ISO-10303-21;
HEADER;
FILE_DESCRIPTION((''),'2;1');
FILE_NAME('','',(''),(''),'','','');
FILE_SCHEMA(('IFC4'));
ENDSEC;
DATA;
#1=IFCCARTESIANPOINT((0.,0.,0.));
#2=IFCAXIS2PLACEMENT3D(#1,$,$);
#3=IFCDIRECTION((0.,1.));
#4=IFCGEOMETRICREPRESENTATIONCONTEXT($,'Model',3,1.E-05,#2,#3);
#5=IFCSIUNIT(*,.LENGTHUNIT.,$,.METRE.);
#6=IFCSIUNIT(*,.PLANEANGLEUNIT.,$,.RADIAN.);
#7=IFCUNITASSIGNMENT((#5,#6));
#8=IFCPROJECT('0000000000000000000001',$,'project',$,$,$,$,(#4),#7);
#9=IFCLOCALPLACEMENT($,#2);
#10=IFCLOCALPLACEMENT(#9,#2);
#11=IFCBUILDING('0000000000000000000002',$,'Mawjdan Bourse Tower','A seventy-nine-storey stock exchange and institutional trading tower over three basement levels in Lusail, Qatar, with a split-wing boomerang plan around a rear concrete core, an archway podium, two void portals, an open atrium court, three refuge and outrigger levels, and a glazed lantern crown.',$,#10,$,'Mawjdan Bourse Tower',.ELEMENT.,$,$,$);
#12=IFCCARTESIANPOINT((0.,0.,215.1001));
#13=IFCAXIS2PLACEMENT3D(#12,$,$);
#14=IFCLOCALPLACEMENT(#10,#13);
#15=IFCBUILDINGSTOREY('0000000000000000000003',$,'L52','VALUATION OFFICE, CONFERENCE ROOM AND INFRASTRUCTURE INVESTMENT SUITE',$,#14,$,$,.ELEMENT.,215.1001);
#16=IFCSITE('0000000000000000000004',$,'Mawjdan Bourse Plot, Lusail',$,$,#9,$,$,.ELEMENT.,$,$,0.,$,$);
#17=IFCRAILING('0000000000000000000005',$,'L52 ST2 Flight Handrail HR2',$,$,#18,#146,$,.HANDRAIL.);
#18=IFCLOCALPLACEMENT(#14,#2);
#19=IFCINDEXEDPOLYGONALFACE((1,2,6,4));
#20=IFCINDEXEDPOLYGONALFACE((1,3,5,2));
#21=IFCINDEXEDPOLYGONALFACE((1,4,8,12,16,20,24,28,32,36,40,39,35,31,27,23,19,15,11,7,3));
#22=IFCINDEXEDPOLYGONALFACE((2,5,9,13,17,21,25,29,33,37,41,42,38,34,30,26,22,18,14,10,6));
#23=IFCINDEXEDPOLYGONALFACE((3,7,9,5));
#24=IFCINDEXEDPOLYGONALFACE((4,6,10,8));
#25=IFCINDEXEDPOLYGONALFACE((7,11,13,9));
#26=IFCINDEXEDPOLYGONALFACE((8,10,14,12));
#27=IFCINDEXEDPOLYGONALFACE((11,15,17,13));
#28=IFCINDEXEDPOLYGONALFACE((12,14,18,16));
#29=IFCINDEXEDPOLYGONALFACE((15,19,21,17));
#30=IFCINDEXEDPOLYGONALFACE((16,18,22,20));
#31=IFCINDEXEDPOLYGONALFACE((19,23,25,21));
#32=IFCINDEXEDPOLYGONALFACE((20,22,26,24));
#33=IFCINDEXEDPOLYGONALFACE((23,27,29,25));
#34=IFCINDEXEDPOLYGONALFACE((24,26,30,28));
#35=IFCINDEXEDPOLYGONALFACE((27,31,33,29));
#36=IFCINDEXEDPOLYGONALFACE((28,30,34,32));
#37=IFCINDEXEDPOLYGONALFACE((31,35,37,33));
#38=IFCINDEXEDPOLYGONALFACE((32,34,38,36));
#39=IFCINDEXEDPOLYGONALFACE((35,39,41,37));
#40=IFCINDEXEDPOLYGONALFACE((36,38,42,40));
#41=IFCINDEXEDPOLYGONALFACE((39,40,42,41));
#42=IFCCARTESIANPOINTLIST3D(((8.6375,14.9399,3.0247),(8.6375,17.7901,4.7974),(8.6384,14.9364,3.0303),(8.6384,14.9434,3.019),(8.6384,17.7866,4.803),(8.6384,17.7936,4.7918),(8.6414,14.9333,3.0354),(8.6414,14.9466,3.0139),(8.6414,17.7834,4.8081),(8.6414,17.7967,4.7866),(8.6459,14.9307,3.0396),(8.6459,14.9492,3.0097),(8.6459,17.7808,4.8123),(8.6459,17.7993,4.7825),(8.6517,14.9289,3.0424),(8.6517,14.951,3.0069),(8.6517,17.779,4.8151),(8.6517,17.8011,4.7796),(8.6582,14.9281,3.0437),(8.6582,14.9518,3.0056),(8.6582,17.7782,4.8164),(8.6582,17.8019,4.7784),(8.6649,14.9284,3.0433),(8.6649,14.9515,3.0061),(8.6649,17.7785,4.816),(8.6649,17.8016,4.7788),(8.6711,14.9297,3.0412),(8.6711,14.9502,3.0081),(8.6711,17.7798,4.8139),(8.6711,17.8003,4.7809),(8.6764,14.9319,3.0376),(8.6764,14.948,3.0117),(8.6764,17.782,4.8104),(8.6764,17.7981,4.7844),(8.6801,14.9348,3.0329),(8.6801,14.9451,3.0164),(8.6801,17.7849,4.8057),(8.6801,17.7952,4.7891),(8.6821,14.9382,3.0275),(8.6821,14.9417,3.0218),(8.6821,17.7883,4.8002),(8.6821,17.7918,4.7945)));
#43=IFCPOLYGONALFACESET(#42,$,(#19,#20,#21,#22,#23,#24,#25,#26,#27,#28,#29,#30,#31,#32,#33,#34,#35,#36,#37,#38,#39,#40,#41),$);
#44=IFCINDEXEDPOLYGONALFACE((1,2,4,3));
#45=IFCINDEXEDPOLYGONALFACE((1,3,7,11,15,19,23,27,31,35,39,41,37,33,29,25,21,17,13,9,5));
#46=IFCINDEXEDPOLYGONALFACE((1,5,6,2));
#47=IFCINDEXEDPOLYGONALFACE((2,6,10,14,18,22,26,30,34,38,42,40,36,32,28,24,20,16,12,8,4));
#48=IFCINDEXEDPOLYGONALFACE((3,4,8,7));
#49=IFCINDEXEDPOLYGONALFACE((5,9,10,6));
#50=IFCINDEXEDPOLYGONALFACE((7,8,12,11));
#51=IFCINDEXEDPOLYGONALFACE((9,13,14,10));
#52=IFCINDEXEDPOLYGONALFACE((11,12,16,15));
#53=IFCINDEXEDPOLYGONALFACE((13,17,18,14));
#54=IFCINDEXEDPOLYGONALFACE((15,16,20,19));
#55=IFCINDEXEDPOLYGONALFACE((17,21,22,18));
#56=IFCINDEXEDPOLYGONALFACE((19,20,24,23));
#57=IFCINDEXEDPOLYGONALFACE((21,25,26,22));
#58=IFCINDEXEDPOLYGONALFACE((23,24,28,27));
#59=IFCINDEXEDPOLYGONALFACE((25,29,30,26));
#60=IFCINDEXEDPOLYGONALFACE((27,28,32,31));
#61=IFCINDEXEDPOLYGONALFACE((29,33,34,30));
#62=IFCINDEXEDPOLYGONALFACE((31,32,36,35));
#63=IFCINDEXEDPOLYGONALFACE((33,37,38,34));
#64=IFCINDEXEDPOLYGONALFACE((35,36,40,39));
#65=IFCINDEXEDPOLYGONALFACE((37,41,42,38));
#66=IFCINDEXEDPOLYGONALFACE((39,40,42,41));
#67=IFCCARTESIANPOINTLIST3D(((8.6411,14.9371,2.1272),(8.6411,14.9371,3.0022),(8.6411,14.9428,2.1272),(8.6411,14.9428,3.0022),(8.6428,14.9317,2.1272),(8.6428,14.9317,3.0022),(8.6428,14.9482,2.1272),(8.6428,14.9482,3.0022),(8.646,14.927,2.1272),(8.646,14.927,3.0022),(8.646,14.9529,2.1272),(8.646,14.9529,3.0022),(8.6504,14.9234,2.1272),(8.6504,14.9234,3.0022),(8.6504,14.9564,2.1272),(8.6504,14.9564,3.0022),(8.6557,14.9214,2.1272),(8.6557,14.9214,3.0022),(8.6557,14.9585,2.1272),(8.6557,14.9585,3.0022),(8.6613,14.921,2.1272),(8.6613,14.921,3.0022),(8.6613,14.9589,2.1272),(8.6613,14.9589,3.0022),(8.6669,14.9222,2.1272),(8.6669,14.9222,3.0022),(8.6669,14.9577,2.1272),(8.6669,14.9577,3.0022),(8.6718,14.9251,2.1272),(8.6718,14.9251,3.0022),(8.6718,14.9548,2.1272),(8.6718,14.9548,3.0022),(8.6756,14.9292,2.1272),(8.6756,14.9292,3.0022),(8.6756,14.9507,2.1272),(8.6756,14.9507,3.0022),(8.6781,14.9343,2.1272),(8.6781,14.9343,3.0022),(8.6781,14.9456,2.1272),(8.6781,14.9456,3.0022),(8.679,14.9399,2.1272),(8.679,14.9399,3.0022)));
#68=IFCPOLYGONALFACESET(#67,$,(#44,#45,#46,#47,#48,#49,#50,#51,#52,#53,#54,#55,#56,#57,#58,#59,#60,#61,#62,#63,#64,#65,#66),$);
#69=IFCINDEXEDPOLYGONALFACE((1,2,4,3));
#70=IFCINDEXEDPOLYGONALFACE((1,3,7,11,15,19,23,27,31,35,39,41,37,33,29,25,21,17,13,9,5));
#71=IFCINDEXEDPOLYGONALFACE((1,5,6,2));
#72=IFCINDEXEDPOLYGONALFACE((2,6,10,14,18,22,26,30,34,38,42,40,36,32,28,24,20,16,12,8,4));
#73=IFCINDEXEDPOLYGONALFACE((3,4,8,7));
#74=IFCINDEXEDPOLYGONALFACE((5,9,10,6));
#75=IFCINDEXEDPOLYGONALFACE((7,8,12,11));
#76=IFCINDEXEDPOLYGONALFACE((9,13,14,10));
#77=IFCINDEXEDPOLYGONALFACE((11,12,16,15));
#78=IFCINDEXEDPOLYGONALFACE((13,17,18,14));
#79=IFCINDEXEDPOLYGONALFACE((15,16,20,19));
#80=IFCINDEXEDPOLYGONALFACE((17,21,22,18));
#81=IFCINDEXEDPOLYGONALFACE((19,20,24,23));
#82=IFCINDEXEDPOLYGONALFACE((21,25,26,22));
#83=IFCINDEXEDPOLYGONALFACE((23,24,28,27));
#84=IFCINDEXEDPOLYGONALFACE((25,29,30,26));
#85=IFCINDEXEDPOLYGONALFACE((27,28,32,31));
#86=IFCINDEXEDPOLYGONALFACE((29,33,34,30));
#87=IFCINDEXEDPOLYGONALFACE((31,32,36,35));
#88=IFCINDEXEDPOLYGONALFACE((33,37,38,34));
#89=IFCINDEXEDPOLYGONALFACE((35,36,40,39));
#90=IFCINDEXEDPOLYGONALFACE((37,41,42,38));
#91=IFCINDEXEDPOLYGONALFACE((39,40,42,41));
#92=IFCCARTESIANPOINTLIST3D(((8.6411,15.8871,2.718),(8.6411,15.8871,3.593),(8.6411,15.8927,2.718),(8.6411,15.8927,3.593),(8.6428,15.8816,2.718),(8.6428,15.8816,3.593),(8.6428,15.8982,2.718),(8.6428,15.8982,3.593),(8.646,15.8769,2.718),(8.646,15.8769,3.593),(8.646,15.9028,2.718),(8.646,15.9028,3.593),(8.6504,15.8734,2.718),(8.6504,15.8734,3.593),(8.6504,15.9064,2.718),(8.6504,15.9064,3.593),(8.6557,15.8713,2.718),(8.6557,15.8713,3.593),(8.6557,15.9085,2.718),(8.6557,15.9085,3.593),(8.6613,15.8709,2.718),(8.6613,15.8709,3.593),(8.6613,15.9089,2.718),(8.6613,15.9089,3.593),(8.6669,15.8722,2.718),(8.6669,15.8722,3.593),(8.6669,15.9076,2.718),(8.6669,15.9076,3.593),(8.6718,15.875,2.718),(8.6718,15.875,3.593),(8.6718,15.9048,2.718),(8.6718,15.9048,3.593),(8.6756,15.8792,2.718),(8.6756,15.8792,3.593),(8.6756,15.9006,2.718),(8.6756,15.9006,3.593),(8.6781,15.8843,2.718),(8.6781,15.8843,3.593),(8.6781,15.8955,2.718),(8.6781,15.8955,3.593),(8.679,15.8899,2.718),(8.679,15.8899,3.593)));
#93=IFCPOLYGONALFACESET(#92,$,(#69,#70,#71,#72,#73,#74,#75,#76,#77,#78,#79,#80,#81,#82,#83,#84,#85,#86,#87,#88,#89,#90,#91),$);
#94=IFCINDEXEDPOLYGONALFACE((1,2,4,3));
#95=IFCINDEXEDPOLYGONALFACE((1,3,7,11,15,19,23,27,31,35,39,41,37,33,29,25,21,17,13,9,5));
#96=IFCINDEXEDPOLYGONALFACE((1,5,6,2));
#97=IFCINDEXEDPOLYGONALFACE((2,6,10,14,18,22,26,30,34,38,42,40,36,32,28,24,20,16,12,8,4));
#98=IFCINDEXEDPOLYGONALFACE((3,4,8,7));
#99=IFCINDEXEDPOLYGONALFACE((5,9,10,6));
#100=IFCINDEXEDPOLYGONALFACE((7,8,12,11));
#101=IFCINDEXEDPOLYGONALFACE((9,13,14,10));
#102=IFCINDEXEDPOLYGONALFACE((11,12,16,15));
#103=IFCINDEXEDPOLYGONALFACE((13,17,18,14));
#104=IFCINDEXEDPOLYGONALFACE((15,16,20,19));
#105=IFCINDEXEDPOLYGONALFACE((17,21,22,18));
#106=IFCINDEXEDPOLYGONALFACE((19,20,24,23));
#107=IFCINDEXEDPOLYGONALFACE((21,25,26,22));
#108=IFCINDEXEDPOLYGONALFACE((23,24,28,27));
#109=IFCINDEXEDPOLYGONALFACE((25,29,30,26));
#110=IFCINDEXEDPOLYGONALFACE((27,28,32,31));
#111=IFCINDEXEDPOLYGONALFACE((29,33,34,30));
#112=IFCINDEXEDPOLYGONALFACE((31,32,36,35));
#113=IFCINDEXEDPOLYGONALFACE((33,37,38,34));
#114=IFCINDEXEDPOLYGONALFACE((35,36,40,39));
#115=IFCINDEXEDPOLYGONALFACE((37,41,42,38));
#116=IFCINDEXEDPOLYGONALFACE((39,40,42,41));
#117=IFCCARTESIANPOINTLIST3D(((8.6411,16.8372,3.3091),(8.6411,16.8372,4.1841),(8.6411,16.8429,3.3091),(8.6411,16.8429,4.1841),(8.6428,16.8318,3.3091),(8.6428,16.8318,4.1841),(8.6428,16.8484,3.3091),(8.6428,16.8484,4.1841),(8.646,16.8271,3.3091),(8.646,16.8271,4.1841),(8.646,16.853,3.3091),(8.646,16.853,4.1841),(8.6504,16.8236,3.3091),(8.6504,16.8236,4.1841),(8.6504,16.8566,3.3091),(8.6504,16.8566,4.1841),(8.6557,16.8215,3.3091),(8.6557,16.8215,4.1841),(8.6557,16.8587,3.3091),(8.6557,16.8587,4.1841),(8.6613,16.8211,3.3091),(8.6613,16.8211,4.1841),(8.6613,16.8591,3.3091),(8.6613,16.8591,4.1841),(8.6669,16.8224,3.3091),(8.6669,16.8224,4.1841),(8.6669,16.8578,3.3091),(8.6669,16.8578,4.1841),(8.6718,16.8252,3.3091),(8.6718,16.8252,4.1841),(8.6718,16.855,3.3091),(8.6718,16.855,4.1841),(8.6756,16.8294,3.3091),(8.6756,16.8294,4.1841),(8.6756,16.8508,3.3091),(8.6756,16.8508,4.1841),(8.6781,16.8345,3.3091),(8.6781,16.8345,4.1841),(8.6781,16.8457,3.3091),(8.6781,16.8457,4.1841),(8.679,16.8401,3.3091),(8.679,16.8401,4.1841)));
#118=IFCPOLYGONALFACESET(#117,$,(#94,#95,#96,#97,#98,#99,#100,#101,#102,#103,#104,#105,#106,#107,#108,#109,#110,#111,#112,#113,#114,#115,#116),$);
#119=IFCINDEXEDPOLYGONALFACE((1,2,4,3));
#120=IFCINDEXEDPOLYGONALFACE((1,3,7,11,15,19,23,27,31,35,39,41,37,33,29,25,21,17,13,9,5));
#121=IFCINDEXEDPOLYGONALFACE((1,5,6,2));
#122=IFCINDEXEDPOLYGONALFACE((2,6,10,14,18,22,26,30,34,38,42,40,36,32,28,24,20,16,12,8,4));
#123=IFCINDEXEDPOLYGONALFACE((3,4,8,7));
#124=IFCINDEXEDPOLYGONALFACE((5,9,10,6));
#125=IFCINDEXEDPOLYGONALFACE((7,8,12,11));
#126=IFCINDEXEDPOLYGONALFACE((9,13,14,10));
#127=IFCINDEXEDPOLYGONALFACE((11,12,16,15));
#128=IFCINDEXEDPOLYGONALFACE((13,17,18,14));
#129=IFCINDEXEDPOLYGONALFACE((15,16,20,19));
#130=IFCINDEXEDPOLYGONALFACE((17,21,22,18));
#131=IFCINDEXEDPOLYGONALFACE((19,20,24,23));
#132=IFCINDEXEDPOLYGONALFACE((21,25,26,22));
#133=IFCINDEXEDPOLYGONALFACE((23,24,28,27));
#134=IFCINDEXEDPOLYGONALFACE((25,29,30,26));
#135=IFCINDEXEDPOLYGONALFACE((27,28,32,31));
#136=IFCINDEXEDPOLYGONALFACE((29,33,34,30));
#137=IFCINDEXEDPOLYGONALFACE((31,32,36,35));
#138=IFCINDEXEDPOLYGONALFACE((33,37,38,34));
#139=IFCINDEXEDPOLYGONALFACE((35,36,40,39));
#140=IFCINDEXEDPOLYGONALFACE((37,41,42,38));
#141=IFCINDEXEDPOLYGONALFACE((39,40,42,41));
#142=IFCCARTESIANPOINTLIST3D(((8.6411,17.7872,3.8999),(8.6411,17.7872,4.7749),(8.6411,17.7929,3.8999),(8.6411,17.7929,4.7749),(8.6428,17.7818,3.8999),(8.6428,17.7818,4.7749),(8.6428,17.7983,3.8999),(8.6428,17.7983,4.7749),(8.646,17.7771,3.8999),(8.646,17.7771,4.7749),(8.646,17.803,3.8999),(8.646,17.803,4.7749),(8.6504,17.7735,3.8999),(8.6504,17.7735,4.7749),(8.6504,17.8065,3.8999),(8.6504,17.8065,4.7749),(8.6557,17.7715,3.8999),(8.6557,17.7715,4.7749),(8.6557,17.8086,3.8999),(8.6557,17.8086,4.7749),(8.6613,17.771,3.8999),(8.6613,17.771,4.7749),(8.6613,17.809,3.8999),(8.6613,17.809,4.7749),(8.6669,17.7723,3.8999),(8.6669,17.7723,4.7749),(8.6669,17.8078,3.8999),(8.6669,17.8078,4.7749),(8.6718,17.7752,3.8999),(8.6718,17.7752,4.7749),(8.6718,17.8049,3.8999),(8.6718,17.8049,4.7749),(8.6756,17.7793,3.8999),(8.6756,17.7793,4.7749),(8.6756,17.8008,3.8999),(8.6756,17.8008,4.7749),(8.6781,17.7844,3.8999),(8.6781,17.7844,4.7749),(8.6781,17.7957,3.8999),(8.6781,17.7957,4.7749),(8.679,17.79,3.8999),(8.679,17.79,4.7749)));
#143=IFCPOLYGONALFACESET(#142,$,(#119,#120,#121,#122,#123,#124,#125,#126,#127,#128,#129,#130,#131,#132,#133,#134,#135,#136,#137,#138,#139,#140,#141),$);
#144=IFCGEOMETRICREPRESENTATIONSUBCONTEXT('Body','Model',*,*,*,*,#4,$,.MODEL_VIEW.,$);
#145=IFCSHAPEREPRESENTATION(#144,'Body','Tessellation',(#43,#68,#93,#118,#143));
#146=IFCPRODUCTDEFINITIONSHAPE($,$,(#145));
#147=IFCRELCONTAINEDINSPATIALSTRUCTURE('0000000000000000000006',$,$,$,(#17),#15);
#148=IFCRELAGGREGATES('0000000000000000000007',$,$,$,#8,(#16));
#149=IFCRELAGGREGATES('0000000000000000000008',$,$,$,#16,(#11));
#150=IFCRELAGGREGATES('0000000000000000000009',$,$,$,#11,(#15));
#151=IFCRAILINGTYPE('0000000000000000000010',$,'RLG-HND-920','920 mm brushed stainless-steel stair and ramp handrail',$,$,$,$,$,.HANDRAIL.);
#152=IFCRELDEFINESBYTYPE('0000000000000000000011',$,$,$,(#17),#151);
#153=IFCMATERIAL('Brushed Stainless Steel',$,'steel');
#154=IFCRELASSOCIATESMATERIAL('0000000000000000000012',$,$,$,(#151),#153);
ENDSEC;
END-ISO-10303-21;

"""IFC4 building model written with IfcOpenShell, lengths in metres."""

from ifc_helpers import new_model, si_unit, direction, frame, origin, origin_2d, place, context, subcontext, project, spatial, circle, extrude, material, type_object, element, save


model = new_model("IFC4")

# Units and contexts
model_context = context("Model", 3, precision=1e-05, world=origin(), true_north=direction((0.0, 1.0)))
body_context = subcontext(model_context, "Body", "Model", "MODEL_VIEW")
ifc_project = project(units=[si_unit("LENGTHUNIT", "METRE"), si_unit("PLANEANGLEUNIT", "RADIAN")], contexts=[model_context])

# Site, building, storey
site_placement = place(None, origin())
site = spatial("IfcSite", under=ifc_project, at=site_placement, Name="Mawjdan Bourse Plot, Lusail", CompositionType="ELEMENT", RefElevation=0.0)
building_placement = place(site_placement, origin())
building = spatial("IfcBuilding", under=site, at=building_placement, Name="Mawjdan Bourse Tower", Description="A seventy-nine-storey stock exchange and institutional trading tower over three basement levels in Lusail, Qatar, with a split-wing boomerang plan around a rear concrete core, an archway podium, two void portals, an open atrium court, three refuge and outrigger levels, and a glazed lantern crown.", LongName="Mawjdan Bourse Tower", CompositionType="ELEMENT")
storey_placement = place(building_placement, frame((0.0, 0.0, 215.1001)))
storey = spatial("IfcBuildingStorey", under=building, at=storey_placement, Name="L52", Description="VALUATION OFFICE, CONFERENCE ROOM AND INFRASTRUCTURE INVESTMENT SUITE", CompositionType="ELEMENT", Elevation=215.1001)

# Railing
ifc_material_1 = material(Name="Brushed Stainless Steel", Category="steel")
railing_type_1 = type_object("IfcRailingType", Name="RLG-HND-920", Description="920 mm brushed stainless-steel stair and ramp handrail", PredefinedType="HANDRAIL", material=ifc_material_1)
for number, where, name in (
    (1, (8.6599, 14.9399, 2.1272), "L52 ST2 Flight Handrail HR2"),
):
    element("IfcRailing", number, at=place(storey_placement, frame(where)), inside=storey, type_object=railing_type_1, Name=name, PredefinedType="HANDRAIL", context=body_context, shape_type="SweptSolid", body=[
        extrude(circle(Radius=0.0225, at=origin_2d()), frame((0.0, 0.0, 0.8975), z_axis=(0.0, 0.849149, 0.528154), x_axis=(-1.0, 0.0, 0.0)), (0.0, 0.0, 1.0), 3.3564),
        extrude(circle(Radius=0.019, at=origin_2d()), origin(), (0.0, 0.0, 1.0), 0.875),
        extrude(circle(Radius=0.019, at=origin_2d()), frame((0.0, 0.95, 0.5908)), (0.0, 0.0, 1.0), 0.875),
        extrude(circle(Radius=0.019, at=origin_2d()), frame((0.0, 1.9001, 1.1819)), (0.0, 0.0, 1.0), 0.875),
        extrude(circle(Radius=0.019, at=origin_2d()), frame((0.0, 2.8501, 1.7727)), (0.0, 0.0, 1.0), 0.875),
    ])

save(model, "model.ifc")
